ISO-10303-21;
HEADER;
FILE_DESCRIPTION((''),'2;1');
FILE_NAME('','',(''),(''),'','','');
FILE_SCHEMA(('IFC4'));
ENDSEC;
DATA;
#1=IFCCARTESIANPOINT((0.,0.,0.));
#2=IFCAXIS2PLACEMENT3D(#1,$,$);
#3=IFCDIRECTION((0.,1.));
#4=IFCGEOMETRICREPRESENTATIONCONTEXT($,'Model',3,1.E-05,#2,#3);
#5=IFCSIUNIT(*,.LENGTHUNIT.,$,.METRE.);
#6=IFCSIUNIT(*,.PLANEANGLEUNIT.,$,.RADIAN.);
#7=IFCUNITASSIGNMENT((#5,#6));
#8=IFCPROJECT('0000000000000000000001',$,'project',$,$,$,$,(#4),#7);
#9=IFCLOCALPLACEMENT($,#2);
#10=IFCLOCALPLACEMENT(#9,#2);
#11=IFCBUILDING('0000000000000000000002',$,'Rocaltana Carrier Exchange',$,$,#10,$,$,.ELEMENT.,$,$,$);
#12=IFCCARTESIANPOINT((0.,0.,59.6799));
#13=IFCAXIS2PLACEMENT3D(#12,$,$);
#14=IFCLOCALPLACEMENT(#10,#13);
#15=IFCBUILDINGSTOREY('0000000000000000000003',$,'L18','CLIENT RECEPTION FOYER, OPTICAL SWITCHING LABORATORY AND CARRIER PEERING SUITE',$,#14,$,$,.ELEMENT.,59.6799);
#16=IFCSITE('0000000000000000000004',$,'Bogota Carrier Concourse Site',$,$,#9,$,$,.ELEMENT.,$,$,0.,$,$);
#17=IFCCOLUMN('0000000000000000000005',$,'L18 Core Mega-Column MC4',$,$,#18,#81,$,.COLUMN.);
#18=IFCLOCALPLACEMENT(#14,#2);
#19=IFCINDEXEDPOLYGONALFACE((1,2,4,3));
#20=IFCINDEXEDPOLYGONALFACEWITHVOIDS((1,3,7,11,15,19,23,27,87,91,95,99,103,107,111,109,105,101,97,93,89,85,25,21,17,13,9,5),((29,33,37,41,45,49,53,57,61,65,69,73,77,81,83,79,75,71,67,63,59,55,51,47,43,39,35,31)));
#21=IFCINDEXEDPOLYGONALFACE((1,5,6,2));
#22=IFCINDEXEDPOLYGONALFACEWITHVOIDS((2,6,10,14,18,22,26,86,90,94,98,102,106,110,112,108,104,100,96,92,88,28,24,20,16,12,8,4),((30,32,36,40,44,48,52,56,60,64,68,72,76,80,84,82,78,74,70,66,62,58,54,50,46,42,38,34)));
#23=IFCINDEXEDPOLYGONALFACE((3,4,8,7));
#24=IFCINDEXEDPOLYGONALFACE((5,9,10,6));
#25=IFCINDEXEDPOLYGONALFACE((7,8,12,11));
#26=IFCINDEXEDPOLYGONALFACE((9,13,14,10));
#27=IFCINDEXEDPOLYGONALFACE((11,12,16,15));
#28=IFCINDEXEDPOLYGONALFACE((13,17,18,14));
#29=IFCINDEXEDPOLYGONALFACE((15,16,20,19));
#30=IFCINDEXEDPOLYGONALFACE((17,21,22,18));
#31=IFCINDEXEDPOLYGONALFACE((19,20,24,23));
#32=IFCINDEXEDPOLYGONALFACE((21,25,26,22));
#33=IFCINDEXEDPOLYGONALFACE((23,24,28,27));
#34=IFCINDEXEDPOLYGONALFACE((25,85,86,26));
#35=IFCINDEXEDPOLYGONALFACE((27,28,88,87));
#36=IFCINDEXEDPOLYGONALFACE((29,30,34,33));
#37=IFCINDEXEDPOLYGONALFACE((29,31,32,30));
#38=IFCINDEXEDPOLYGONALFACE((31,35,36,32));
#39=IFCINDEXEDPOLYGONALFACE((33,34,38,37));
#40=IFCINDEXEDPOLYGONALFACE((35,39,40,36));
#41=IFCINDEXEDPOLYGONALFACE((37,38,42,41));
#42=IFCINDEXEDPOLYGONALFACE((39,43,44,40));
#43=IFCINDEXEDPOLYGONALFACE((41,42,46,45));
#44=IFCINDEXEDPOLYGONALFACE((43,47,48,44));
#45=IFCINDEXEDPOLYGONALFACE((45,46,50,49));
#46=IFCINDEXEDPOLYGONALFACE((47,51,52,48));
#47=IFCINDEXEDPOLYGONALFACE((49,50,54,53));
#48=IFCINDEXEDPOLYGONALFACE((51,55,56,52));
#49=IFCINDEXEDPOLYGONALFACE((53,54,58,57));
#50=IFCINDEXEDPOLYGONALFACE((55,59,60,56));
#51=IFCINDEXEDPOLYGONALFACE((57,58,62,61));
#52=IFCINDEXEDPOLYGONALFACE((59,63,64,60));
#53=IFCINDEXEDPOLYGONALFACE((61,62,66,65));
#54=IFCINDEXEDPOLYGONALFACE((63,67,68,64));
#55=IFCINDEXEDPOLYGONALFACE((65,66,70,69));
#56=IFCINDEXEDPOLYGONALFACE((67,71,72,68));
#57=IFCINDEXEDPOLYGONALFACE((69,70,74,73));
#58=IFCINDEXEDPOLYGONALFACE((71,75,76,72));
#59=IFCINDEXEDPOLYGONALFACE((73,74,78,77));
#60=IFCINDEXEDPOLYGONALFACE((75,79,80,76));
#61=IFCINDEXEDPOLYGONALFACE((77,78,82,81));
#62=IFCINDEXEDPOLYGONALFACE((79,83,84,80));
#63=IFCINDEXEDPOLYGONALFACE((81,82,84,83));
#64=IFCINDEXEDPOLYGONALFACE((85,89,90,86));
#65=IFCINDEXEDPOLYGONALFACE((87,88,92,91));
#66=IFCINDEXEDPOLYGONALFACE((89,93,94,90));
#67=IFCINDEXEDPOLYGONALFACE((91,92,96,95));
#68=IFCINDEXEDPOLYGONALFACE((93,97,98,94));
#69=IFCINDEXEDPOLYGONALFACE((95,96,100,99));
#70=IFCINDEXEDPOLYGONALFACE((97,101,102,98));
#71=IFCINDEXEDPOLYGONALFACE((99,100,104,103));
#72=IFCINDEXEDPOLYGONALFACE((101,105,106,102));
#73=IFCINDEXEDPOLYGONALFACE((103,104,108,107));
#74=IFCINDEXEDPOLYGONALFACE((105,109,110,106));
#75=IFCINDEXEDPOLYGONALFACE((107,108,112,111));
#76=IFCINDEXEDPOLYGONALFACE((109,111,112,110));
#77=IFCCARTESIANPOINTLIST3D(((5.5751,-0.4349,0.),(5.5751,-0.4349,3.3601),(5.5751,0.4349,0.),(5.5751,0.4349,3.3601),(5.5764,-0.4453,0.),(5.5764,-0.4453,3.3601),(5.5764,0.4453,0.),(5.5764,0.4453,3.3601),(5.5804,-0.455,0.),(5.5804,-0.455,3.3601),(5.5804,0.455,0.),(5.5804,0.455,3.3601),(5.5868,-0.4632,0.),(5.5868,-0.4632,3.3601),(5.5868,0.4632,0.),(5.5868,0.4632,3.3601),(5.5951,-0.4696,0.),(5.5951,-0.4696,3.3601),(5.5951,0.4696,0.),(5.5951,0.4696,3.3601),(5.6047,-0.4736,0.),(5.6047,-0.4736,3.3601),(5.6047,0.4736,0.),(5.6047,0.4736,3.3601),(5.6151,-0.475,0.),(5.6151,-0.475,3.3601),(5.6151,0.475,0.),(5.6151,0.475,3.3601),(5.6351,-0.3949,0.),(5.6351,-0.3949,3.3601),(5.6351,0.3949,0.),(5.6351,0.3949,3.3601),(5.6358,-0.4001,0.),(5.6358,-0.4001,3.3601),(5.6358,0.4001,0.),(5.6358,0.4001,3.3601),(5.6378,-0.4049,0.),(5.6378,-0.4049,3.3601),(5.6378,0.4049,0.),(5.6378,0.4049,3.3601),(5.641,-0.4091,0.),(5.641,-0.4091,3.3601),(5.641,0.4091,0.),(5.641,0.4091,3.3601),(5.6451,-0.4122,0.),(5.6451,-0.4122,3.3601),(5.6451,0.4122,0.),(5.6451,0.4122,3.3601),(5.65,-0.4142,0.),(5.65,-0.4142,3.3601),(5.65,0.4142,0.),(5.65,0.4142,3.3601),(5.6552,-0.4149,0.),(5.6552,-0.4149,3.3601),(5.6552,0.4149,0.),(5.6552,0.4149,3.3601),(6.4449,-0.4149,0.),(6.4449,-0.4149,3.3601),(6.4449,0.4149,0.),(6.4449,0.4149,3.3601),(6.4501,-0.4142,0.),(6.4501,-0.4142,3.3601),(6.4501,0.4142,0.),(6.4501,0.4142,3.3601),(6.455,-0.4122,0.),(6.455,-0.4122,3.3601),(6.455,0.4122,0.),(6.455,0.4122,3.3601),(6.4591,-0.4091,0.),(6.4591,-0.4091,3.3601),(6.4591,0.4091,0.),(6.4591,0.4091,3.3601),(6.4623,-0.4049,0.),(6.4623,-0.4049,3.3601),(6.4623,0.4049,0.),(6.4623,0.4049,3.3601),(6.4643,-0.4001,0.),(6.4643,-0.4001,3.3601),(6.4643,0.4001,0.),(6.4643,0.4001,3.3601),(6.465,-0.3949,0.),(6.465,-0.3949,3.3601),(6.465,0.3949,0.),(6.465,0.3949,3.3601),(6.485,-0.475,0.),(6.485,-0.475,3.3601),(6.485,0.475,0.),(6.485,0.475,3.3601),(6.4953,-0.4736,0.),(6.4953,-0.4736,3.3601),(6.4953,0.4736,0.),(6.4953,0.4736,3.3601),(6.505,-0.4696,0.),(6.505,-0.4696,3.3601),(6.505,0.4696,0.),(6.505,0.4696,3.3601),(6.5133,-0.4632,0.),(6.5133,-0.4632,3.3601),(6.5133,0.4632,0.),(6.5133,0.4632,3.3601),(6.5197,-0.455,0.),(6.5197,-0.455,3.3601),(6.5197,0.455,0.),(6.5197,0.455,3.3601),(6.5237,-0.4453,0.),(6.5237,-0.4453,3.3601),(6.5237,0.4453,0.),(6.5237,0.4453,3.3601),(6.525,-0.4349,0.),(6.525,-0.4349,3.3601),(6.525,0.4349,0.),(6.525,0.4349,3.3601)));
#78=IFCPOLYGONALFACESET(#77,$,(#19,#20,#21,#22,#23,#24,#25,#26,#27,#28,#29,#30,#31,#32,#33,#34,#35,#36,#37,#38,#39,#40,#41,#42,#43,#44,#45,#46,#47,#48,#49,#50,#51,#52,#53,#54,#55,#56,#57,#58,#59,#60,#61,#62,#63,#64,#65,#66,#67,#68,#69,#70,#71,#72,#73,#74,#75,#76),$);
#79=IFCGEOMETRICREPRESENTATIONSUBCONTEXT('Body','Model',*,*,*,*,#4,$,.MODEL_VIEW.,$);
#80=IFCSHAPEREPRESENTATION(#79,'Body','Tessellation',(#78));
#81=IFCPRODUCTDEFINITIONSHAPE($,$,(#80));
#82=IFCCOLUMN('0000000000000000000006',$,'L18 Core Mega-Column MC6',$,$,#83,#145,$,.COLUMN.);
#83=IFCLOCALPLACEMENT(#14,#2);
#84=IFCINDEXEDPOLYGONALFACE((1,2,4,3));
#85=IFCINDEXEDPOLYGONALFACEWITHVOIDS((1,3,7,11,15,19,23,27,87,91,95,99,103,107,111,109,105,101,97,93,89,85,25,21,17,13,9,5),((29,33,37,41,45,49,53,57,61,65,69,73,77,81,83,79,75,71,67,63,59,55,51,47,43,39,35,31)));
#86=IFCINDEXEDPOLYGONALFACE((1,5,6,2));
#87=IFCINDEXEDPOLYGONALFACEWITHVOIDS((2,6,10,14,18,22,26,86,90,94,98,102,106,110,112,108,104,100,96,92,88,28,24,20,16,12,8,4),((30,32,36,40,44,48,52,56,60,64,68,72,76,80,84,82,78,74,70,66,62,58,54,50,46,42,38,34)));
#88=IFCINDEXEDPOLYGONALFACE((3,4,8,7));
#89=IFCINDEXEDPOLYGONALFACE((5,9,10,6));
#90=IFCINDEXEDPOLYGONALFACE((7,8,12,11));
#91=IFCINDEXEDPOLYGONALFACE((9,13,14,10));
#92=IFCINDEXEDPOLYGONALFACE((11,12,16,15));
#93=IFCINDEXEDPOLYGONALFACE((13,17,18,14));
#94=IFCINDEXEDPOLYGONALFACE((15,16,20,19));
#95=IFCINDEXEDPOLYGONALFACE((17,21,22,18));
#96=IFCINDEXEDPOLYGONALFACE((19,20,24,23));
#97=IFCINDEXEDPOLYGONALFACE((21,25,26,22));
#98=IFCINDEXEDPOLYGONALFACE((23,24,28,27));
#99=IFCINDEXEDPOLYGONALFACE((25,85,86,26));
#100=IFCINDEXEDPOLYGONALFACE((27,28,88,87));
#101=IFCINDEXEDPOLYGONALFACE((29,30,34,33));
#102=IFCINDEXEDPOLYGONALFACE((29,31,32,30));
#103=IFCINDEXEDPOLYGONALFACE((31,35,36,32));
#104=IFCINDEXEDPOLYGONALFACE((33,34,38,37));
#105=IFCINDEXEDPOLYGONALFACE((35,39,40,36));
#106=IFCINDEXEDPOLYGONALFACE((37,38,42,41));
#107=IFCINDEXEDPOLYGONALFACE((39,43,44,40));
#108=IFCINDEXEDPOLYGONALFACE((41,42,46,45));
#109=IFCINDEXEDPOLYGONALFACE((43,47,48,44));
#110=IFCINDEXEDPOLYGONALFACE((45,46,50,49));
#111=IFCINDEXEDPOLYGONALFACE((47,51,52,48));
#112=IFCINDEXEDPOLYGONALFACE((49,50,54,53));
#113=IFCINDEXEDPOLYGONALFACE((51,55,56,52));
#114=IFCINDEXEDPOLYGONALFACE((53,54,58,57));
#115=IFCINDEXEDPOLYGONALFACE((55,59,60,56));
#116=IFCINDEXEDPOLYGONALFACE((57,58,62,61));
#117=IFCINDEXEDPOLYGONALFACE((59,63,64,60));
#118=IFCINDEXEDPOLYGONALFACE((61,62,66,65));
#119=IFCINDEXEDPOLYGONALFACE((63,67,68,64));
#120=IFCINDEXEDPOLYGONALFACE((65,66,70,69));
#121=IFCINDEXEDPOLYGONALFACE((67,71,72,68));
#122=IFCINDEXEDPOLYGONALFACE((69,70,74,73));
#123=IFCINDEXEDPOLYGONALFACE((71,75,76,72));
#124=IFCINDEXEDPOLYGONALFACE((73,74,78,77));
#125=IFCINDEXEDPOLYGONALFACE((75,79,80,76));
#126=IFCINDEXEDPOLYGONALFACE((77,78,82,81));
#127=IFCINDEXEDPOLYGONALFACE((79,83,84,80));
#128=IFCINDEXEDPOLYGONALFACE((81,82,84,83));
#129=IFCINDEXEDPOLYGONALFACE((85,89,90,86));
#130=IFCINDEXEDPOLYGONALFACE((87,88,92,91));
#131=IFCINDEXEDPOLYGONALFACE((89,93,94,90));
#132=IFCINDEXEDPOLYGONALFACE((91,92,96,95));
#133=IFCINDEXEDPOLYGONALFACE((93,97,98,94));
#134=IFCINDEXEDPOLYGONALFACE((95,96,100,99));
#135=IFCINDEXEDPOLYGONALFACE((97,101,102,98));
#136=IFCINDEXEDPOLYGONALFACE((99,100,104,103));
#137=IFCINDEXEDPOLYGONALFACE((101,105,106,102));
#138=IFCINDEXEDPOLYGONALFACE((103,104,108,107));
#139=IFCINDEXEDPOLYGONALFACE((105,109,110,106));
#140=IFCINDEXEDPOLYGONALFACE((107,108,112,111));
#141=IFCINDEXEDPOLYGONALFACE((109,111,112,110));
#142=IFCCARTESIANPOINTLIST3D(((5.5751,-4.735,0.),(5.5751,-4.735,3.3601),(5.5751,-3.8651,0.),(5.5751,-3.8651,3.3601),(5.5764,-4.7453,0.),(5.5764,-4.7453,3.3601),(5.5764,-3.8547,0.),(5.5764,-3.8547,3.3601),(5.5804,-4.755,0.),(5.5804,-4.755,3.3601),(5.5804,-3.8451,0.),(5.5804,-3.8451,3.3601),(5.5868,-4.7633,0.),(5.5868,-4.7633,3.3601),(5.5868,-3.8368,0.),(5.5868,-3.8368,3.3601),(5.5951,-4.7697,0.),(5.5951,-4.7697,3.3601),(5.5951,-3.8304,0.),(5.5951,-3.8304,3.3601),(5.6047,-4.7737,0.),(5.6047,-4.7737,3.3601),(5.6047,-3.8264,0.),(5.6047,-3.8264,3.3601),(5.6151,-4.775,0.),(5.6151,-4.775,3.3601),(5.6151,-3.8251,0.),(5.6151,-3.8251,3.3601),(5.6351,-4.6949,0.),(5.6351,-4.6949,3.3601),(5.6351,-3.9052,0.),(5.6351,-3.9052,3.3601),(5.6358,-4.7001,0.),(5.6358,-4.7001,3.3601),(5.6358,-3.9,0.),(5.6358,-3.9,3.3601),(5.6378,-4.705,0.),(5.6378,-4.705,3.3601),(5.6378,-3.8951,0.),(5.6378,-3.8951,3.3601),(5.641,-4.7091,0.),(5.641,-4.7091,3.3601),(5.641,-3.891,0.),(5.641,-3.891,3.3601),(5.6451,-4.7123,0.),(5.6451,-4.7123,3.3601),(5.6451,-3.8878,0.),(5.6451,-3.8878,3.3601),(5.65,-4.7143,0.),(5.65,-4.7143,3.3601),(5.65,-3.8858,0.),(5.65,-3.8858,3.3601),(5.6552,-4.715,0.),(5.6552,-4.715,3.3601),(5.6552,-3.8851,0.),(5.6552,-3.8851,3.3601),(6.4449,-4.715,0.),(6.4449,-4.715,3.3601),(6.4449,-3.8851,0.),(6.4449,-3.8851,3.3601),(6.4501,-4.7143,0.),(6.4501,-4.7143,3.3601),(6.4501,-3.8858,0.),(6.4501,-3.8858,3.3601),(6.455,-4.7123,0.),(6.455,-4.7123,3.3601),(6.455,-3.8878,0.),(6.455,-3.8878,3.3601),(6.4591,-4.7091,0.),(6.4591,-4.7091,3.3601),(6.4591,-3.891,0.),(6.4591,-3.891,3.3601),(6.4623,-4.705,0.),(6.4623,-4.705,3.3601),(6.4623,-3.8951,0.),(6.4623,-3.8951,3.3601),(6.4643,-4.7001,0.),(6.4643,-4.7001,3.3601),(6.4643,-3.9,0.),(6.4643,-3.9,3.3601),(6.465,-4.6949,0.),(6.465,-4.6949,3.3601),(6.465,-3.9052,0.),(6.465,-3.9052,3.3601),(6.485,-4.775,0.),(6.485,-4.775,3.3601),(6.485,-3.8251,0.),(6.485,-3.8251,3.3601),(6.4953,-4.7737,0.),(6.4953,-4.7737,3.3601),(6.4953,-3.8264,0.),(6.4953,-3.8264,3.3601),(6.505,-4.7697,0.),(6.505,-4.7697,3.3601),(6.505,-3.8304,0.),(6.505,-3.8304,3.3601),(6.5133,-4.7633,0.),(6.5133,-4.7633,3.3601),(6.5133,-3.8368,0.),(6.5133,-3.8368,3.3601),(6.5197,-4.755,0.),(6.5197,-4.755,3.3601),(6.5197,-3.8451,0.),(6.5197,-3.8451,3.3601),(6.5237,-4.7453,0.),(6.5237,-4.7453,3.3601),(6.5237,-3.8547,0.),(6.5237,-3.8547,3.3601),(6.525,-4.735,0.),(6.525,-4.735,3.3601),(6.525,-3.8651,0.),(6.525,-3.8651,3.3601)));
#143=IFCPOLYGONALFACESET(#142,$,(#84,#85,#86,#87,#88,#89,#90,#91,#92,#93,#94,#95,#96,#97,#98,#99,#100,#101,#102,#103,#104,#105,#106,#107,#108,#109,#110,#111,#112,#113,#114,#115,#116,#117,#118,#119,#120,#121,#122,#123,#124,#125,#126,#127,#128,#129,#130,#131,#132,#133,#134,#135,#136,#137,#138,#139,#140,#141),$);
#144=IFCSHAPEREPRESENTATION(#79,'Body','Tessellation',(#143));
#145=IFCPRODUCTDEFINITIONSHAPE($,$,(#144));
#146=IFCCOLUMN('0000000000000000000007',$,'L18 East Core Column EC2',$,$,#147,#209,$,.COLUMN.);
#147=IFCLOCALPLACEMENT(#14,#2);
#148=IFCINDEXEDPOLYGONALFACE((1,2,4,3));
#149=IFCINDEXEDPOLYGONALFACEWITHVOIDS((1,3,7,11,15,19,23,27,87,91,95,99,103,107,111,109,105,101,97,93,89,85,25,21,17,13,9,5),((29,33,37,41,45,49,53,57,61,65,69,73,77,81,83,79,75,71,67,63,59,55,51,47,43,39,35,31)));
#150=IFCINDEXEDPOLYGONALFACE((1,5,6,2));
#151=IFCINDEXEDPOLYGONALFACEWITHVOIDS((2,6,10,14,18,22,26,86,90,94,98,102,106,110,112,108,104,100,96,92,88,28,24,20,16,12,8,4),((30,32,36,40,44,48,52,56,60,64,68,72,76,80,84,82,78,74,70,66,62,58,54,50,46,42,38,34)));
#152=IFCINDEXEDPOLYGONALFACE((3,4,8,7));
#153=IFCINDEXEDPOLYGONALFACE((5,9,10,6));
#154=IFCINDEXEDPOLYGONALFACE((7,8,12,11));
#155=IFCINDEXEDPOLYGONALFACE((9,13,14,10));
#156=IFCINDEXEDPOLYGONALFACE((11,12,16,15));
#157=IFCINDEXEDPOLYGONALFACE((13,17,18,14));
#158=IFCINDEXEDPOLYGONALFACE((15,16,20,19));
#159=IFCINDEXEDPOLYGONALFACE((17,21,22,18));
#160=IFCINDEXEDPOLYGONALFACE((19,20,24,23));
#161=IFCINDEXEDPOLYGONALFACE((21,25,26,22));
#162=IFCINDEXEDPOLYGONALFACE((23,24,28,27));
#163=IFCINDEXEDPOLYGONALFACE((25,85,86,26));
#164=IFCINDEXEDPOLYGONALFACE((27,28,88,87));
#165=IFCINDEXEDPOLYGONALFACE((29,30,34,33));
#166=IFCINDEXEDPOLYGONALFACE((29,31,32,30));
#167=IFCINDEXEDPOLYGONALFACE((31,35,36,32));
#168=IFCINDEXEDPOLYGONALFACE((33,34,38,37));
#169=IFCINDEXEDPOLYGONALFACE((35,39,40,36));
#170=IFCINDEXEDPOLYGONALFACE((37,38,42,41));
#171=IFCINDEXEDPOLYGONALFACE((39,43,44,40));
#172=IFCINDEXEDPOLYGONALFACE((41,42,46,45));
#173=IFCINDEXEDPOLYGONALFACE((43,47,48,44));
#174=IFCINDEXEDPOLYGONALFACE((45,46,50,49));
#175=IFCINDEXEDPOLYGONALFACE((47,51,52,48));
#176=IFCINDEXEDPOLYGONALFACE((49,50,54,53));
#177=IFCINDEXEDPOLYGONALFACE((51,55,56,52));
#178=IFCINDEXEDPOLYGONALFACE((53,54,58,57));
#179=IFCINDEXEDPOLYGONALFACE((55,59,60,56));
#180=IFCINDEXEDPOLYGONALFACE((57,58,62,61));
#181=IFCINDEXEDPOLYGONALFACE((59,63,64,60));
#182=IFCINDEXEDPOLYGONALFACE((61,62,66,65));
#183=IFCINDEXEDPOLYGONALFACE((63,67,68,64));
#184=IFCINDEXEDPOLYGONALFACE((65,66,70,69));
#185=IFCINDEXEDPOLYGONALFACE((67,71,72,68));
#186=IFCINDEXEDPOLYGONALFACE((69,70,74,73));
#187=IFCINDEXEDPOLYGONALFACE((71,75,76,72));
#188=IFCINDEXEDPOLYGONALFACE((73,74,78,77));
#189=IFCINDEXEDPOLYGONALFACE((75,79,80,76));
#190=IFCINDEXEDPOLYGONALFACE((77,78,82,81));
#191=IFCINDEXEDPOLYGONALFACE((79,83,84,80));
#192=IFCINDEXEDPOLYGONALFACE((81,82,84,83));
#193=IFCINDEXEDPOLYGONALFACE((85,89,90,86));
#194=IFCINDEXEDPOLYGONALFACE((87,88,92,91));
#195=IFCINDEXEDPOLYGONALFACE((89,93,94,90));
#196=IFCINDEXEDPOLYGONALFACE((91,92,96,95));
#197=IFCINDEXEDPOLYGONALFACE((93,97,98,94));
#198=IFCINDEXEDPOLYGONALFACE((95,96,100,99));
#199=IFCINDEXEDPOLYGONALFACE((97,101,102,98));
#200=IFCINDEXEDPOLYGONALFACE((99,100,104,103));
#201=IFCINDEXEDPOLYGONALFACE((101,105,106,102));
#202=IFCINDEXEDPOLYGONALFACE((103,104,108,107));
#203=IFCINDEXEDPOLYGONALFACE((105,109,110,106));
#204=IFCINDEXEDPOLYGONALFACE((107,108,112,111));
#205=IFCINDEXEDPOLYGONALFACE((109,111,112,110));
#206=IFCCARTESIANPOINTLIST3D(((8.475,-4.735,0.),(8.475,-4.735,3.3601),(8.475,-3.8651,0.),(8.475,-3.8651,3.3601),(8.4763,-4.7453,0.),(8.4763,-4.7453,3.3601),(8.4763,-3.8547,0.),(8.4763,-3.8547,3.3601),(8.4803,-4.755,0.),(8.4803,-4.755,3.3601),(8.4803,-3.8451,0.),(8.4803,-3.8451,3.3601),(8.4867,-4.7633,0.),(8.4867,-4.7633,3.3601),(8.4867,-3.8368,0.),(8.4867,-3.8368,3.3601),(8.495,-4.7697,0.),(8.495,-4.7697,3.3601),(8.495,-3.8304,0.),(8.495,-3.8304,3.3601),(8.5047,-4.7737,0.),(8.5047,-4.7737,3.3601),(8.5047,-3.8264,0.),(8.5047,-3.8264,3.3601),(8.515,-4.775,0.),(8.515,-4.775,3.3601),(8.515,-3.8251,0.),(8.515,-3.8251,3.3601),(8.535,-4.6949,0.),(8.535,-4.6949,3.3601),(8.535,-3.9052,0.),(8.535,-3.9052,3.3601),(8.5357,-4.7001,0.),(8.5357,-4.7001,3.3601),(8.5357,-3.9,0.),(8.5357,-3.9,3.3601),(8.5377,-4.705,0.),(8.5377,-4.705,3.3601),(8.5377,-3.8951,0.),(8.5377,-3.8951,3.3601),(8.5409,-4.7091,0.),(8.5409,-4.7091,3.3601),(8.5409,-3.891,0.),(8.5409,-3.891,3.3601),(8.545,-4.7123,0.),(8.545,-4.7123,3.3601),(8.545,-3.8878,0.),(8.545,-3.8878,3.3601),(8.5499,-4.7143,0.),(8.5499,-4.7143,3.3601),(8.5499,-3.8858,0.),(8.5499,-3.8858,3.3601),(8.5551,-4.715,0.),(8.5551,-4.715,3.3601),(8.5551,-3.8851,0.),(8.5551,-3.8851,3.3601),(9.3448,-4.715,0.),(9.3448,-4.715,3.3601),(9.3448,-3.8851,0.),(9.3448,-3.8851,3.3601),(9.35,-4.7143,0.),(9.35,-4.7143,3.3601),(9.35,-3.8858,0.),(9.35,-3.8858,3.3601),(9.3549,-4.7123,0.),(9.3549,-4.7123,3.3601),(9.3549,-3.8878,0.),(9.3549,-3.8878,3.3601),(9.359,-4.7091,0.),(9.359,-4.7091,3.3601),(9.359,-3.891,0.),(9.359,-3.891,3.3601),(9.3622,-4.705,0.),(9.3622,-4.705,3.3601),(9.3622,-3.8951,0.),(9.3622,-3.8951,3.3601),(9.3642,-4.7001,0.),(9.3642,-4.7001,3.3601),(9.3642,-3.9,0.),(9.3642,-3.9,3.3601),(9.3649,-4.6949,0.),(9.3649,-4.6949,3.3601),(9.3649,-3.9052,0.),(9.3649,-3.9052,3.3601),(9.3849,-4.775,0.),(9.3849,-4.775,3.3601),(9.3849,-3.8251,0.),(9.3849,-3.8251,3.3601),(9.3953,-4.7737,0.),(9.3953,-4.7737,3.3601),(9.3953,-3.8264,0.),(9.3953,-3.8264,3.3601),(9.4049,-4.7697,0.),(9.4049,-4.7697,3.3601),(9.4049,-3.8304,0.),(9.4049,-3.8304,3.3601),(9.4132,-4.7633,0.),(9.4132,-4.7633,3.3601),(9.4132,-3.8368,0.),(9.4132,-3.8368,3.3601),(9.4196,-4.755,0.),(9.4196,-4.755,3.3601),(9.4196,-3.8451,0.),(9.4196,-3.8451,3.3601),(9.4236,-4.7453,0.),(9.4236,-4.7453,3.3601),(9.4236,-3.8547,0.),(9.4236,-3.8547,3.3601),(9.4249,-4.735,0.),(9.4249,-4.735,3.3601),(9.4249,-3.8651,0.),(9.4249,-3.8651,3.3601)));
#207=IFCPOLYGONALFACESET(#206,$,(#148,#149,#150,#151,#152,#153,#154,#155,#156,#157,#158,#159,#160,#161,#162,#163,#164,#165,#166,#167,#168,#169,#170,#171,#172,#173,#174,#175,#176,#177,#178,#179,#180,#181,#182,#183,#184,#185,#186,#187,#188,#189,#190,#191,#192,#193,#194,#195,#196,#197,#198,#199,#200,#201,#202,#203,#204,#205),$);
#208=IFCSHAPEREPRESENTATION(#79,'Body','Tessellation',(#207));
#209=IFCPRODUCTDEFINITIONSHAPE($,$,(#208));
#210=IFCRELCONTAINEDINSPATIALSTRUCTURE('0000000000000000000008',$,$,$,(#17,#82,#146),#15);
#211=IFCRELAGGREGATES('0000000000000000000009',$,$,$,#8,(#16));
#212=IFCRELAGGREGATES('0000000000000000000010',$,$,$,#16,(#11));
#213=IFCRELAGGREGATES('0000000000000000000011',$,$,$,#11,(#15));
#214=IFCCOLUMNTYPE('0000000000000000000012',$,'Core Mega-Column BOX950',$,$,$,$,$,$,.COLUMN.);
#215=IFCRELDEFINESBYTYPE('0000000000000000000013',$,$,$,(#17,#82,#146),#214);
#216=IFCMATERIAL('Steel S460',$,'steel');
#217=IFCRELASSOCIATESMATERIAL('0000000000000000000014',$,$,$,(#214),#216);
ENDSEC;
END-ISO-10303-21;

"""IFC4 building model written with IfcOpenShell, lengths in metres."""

from ifc_helpers import new_model, si_unit, direction, frame, origin, origin_2d, place, context, subcontext, project, spatial, hollow_rectangle, extrude, material, material_profile, profile_set, type_object, element, save


model = new_model("IFC4")

# Units and contexts
model_context = context("Model", 3, precision=1e-05, world=origin(), true_north=direction((0.0, 1.0)))
body_context = subcontext(model_context, "Body", "Model", "MODEL_VIEW")
ifc_project = project(units=[si_unit("LENGTHUNIT", "METRE"), si_unit("PLANEANGLEUNIT", "RADIAN")], contexts=[model_context])

# Site, building, storey
site_placement = place(None, origin())
site = spatial("IfcSite", under=ifc_project, at=site_placement, Name="Bogota Carrier Concourse Site", CompositionType="ELEMENT", RefElevation=0.0)
building_placement = place(site_placement, origin())
building = spatial("IfcBuilding", under=site, at=building_placement, Name="Rocaltana Carrier Exchange", CompositionType="ELEMENT")
storey_placement = place(building_placement, frame((0.0, 0.0, 59.6799)))
storey = spatial("IfcBuildingStorey", under=building, at=storey_placement, Name="L18", Description="CLIENT RECEPTION FOYER, OPTICAL SWITCHING LABORATORY AND CARRIER PEERING SUITE", CompositionType="ELEMENT", Elevation=59.6799)

# Columns
ifc_material_1 = material(Name="Steel S460", Category="steel")
ifc_material_profile = material_profile(ifc_material_1, hollow_rectangle(XDim=0.95, YDim=0.95, WallThickness=0.0601, InnerFilletRadius=0.02, OuterFilletRadius=0.04, at=origin_2d()), Name="BOX950X950X60")
ifc_profile_set = profile_set([ifc_material_profile], Name="Steel S460")
column_type = type_object("IfcColumnType", Name="Core Mega-Column BOX950", PredefinedType="COLUMN", material=ifc_profile_set)
for number, where, z_axis, x_axis, name in (
    (1, (6.05, 0.0, 0.0), (0.0, 0.0, 1.0), (1.0, 0.0, 0.0), "L18 Core Mega-Column MC4"),
    (2, (6.05, -4.3, 0.0), (0.0, 0.0, 1.0), (1.0, 0.0, 0.0), "L18 Core Mega-Column MC6"),
    (3, (8.95, -4.3, 0.0), (0.0, 0.0, 1.0), (1.0, 0.0, 0.0), "L18 East Core Column EC2"),
):
    element("IfcColumn", number, at=place(storey_placement, frame(where, z_axis=z_axis, x_axis=x_axis)), inside=storey, type_object=column_type, Name=name, PredefinedType="COLUMN", context=body_context, shape_type="SweptSolid", body=[
        extrude(hollow_rectangle(XDim=0.95, YDim=0.95, WallThickness=0.0601, InnerFilletRadius=0.02, OuterFilletRadius=0.04, at=origin_2d()), origin(), (0.0, 0.0, 1.0), 3.3601),
    ])

save(model, "model.ifc")
